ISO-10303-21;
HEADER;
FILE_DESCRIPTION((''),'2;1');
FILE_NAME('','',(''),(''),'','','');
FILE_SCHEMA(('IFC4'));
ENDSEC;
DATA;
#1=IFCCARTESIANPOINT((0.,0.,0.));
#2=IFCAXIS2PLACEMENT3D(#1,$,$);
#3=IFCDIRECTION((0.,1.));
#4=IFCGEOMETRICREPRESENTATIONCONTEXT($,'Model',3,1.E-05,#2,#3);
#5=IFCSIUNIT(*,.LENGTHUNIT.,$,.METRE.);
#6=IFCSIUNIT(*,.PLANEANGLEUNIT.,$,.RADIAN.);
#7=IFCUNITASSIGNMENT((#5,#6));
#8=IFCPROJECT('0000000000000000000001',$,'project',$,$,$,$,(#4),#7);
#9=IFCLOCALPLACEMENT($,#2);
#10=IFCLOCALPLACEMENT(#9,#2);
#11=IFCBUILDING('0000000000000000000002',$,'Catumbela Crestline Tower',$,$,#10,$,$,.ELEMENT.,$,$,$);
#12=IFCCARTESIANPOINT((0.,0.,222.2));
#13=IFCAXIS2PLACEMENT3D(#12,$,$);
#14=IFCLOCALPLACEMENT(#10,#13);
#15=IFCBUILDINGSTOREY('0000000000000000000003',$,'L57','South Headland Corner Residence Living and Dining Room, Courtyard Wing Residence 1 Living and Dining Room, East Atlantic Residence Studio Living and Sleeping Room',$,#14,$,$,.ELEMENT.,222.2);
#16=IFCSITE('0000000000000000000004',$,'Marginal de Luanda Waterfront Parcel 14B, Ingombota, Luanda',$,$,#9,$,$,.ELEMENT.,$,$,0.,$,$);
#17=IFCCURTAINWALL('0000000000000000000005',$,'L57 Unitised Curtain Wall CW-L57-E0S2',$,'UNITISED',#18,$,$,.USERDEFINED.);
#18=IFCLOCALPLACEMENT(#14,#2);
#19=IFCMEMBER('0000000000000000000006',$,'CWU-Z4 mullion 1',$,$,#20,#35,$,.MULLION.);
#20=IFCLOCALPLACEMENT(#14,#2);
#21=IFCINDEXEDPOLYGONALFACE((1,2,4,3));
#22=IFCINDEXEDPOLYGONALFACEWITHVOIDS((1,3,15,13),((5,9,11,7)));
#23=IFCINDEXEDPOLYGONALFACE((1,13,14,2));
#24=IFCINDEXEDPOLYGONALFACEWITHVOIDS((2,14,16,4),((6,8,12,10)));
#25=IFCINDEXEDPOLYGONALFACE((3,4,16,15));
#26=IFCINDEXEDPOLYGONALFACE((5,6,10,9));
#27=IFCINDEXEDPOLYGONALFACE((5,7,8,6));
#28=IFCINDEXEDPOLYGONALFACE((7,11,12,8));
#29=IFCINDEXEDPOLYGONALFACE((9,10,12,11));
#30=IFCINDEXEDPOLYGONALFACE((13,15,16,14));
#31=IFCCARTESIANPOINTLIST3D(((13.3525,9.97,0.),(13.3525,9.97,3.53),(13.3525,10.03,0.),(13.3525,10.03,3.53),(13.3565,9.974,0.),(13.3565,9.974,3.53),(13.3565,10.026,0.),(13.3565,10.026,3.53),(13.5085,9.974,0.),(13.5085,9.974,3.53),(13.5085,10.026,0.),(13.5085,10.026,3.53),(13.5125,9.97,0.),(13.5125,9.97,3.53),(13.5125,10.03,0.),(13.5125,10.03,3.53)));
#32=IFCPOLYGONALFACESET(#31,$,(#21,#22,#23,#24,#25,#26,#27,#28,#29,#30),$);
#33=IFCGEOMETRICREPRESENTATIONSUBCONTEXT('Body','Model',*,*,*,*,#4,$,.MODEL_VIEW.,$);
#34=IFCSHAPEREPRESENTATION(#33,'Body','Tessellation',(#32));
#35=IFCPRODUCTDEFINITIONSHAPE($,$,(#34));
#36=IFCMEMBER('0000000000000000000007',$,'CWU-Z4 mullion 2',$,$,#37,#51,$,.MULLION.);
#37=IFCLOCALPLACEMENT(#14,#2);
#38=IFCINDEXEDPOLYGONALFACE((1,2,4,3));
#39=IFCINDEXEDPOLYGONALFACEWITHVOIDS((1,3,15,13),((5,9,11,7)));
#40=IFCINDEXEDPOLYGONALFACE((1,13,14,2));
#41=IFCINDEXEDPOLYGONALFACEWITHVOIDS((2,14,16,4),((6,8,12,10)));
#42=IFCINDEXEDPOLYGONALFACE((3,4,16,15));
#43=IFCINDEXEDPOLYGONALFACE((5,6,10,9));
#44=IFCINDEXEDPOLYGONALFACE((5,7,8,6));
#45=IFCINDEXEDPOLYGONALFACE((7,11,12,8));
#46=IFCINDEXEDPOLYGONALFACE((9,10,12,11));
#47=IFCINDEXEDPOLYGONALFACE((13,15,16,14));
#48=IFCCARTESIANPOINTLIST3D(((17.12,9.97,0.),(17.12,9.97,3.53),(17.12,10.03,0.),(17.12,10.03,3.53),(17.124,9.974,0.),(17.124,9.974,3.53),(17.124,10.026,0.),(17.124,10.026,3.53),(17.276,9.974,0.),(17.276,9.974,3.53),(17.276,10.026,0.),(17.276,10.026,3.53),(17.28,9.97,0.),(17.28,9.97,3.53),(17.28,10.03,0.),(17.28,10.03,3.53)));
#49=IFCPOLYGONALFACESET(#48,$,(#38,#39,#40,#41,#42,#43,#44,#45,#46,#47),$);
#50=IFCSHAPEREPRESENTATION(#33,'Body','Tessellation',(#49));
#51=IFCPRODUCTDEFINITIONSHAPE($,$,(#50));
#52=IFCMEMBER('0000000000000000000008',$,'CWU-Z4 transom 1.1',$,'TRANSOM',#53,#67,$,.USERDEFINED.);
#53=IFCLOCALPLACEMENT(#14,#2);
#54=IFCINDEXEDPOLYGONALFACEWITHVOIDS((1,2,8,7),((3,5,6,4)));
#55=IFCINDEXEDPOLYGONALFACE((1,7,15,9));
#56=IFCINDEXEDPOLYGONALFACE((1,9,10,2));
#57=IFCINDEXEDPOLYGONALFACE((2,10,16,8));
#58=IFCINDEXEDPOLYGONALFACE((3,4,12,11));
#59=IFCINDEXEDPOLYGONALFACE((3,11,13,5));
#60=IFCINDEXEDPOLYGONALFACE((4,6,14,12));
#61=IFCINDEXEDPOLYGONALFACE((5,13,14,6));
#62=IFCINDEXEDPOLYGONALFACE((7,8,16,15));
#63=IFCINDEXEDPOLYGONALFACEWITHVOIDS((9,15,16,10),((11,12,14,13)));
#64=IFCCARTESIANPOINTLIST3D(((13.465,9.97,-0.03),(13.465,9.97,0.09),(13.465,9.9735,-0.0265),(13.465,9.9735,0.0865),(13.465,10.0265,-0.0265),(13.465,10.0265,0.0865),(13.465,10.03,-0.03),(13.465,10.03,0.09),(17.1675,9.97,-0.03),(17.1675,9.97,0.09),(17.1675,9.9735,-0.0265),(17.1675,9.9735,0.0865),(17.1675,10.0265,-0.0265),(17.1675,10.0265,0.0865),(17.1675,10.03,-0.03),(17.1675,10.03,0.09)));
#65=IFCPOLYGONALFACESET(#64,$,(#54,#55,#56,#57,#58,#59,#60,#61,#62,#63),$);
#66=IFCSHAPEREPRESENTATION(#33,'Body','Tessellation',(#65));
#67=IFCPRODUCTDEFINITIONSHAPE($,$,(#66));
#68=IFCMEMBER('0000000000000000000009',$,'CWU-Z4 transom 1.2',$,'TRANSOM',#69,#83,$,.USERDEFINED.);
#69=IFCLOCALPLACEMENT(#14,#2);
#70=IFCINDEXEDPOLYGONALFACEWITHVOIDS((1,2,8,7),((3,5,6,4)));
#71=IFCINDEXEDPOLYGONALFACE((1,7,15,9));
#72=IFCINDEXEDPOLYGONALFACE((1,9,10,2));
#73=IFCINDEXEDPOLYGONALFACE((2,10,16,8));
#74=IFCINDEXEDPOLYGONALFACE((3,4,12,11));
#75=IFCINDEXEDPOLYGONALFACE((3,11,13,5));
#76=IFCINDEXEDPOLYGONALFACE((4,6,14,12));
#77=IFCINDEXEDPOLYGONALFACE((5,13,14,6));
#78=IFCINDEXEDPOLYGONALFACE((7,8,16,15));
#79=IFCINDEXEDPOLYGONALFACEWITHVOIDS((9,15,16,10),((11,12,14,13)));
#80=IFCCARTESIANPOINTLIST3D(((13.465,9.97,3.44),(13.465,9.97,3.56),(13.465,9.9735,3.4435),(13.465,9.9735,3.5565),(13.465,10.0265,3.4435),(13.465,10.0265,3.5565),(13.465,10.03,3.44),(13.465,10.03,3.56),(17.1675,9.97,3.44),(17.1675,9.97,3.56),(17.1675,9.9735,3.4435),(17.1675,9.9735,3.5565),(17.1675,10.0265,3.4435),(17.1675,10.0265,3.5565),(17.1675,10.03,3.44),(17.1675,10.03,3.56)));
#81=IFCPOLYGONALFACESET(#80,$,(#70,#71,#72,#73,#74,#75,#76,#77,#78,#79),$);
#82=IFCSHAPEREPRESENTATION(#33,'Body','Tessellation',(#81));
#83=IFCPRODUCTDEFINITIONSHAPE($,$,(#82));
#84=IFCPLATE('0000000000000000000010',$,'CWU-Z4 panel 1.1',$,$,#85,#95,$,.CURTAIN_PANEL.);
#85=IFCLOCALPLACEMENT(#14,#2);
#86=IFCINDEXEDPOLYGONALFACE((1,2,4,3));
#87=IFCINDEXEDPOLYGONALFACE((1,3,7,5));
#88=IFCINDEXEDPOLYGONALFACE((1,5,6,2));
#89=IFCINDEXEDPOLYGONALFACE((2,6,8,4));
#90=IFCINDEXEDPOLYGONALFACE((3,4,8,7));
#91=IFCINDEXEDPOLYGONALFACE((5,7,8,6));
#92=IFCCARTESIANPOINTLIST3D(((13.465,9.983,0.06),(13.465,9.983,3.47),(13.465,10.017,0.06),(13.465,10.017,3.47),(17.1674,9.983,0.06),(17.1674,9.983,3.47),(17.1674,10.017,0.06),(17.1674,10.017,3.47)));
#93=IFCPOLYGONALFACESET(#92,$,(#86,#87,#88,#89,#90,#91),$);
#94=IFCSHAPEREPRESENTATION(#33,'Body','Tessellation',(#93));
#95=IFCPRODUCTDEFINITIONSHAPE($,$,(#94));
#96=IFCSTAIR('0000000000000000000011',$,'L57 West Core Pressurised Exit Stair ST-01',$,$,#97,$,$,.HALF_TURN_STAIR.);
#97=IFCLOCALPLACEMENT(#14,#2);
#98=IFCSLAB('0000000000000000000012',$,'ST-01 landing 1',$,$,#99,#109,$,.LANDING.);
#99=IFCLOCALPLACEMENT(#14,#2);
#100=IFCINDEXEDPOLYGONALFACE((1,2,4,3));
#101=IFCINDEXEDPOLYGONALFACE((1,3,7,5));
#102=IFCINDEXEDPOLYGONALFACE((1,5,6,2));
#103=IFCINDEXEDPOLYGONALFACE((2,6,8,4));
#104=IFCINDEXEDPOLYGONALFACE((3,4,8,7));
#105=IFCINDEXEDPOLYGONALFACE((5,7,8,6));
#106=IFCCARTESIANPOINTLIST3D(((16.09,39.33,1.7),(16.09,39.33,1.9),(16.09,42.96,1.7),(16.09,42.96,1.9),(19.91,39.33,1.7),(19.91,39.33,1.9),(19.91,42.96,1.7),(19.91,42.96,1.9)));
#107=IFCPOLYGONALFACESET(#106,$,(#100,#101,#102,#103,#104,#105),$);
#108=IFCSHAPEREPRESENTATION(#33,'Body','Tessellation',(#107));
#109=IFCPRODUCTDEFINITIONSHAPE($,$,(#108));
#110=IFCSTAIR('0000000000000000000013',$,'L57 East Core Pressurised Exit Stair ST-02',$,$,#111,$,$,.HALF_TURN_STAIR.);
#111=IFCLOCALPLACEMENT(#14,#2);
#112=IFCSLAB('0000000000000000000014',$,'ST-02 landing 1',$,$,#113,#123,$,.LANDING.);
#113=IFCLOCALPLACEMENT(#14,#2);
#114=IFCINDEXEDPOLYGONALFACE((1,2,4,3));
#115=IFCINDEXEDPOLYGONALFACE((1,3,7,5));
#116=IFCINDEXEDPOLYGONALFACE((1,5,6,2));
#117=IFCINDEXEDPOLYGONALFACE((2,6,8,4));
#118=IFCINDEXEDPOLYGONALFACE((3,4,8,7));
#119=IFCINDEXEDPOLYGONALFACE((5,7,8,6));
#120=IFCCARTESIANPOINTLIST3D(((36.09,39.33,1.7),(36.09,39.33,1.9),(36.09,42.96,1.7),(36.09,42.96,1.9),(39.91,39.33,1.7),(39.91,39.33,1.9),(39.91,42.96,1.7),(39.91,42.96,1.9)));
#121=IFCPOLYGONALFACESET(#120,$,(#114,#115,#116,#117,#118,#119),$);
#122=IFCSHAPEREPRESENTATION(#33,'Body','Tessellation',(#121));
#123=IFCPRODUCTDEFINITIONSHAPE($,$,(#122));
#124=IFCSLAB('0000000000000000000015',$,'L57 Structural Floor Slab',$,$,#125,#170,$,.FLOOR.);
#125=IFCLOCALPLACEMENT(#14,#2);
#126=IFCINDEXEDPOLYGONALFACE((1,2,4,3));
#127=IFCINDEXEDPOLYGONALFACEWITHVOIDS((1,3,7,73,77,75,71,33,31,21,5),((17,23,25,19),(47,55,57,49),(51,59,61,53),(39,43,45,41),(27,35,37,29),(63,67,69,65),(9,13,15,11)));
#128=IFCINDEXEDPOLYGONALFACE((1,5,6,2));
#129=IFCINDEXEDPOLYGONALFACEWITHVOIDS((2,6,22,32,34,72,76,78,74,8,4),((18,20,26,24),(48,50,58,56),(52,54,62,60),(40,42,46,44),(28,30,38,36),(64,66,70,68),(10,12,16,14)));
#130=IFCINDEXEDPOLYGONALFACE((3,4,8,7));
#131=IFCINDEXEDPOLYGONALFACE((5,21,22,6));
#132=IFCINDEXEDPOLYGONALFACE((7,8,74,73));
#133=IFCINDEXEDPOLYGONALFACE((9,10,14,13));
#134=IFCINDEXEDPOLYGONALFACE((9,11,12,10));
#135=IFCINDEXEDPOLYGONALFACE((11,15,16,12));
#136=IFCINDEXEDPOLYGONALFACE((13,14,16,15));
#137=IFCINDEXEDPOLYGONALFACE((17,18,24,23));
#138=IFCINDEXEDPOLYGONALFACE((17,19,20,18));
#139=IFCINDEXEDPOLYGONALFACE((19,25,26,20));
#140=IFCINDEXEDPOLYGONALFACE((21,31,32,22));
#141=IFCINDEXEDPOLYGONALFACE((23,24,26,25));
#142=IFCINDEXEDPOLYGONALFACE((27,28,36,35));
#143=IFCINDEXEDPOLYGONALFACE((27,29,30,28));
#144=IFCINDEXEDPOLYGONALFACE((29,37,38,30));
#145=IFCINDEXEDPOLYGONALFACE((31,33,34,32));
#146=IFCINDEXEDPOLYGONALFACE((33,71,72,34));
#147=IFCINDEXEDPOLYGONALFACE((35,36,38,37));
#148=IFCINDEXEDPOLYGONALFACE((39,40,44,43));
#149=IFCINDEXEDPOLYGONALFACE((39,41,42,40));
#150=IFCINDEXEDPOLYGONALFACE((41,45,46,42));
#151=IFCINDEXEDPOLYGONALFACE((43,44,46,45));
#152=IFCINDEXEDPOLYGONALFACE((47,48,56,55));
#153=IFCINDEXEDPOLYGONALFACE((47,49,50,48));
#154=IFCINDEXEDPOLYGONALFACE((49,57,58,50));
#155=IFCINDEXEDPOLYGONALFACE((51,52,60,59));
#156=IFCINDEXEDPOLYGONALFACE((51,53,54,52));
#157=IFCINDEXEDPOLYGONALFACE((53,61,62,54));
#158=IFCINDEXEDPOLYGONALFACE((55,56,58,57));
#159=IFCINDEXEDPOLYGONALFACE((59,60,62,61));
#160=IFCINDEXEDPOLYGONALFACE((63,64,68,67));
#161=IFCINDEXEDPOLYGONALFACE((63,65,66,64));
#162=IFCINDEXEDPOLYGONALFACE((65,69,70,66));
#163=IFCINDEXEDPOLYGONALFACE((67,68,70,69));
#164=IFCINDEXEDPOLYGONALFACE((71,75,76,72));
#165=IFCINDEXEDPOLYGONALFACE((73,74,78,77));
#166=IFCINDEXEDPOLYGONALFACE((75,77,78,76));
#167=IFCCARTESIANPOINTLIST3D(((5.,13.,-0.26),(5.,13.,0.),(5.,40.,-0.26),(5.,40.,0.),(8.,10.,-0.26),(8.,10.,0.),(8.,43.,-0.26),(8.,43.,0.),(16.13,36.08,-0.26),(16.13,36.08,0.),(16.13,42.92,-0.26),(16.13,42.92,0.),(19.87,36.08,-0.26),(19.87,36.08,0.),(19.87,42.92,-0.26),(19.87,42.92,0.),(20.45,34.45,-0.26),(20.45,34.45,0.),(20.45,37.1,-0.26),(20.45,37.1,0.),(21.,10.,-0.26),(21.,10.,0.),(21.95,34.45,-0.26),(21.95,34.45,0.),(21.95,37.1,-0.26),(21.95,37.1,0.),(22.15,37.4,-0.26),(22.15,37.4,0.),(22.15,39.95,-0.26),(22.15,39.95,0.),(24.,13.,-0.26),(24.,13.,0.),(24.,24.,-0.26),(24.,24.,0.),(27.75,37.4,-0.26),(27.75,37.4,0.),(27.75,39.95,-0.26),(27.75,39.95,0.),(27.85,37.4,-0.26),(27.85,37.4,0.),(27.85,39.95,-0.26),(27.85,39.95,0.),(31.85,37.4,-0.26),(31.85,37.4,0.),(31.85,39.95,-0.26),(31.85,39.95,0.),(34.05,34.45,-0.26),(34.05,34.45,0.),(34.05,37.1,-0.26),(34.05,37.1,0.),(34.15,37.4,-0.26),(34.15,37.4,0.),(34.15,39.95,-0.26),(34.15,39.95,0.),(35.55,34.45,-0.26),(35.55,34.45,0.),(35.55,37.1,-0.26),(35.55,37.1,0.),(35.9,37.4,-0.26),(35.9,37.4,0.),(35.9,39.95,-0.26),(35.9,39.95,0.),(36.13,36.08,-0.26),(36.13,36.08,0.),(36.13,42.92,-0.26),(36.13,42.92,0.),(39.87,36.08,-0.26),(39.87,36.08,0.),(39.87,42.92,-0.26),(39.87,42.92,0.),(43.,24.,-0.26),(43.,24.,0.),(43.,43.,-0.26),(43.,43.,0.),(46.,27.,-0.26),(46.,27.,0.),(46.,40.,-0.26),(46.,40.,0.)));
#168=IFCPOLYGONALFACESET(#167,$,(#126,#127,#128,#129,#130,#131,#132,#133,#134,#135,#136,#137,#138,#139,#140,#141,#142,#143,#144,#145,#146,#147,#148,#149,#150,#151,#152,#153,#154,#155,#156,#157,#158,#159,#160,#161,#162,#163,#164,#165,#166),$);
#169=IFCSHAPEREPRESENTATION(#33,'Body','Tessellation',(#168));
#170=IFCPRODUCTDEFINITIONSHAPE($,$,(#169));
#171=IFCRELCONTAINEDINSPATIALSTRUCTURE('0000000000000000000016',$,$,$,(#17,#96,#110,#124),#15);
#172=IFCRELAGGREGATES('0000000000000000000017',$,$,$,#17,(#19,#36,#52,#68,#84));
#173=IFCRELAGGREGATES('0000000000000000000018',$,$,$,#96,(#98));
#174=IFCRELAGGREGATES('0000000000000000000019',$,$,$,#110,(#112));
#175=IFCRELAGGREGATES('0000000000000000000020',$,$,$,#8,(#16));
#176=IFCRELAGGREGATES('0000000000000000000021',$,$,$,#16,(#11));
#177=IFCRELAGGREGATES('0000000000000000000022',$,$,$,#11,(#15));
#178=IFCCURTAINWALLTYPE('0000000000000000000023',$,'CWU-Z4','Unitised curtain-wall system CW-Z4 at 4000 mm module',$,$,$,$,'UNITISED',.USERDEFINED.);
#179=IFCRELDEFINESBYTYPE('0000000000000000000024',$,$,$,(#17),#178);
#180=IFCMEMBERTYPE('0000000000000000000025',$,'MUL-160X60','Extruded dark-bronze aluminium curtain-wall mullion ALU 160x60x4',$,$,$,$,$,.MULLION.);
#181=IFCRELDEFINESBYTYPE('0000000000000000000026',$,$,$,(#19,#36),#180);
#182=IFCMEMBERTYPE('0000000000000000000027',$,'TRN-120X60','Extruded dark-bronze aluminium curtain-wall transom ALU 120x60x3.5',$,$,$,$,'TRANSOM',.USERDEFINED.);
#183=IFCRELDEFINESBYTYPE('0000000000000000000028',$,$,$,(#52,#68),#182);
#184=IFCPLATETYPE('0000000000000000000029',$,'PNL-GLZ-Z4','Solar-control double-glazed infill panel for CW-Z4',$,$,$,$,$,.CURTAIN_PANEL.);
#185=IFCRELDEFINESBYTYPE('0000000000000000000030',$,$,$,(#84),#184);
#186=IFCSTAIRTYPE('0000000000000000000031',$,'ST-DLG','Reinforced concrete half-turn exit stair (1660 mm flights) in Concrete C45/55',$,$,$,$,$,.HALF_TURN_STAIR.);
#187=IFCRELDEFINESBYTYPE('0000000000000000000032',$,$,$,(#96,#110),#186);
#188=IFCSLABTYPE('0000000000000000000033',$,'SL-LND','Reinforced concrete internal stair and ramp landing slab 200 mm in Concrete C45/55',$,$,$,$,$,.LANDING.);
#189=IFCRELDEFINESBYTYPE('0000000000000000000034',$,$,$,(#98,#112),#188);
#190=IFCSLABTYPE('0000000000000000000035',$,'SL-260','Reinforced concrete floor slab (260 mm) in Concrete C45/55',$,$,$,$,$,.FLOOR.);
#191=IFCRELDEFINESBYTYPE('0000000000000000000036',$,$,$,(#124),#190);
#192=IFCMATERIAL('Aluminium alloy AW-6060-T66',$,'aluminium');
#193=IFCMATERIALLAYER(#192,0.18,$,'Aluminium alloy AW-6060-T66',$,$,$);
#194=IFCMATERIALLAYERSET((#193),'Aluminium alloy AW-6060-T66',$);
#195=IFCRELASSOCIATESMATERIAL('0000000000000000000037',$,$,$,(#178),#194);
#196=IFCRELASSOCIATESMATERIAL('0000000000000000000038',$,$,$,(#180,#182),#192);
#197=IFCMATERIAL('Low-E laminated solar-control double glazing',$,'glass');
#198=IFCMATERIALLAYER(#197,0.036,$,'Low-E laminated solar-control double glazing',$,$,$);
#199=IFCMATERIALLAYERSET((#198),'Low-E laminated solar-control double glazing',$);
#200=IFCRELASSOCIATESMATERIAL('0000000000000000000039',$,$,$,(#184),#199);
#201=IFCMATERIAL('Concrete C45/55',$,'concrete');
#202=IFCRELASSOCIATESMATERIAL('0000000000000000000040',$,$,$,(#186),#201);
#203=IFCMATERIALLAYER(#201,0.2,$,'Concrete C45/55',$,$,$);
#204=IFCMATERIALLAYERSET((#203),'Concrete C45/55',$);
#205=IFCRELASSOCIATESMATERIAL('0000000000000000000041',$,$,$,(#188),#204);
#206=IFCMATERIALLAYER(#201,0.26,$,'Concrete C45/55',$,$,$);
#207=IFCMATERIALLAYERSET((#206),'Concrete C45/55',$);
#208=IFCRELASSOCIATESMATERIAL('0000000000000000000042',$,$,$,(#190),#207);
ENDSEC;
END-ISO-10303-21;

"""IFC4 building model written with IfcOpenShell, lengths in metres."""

from ifc_helpers import new_model, si_unit, direction, frame, origin, origin_2d, place, context, subcontext, project, spatial, polyline, rectangle, hollow_rectangle, outline, extrude, material, layer, layer_set, material_profile, profile_set, type_object, element, aggregate, save


model = new_model("IFC4")

# Units and contexts
model_context = context("Model", 3, precision=1e-05, world=origin(), true_north=direction((0.0, 1.0)))
body_context = subcontext(model_context, "Body", "Model", "MODEL_VIEW")
ifc_project = project(units=[si_unit("LENGTHUNIT", "METRE"), si_unit("PLANEANGLEUNIT", "RADIAN")], contexts=[model_context])

# Site, building, storey
site_placement = place(None, origin())
site = spatial("IfcSite", under=ifc_project, at=site_placement, Name="Marginal de Luanda Waterfront Parcel 14B, Ingombota, Luanda", CompositionType="ELEMENT", RefElevation=0.0)
building_placement = place(site_placement, origin())
building = spatial("IfcBuilding", under=site, at=building_placement, Name="Catumbela Crestline Tower", CompositionType="ELEMENT")
storey_placement = place(building_placement, frame((0.0, 0.0, 222.2)))
storey = spatial("IfcBuildingStorey", under=building, at=storey_placement, Name="L57", Description="South Headland Corner Residence Living and Dining Room, Courtyard Wing Residence 1 Living and Dining Room, East Atlantic Residence Studio Living and Sleeping Room", CompositionType="ELEMENT", Elevation=222.2)

# Curtain wall, members, plate
ifc_material_1 = material(Name="Aluminium alloy AW-6060-T66", Category="aluminium")
ifc_layer_1 = layer(ifc_material_1, 0.18, Name="Aluminium alloy AW-6060-T66")
ifc_layer_set_1 = layer_set([ifc_layer_1], Name="Aluminium alloy AW-6060-T66")
curtain_wall_type = type_object("IfcCurtainWallType", Name="CWU-Z4", Description="Unitised curtain-wall system CW-Z4 at 4000 mm module", ElementType="UNITISED", PredefinedType="USERDEFINED", material=ifc_layer_set_1)
curtain_wall_placement = place(storey_placement, origin())
curtain_wall = element("IfcCurtainWall", 1, at=curtain_wall_placement, inside=storey, type_object=curtain_wall_type, Name="L57 Unitised Curtain Wall CW-L57-E0S2", ObjectType="UNITISED", PredefinedType="USERDEFINED")
ifc_material_profile_1 = material_profile(ifc_material_1, hollow_rectangle(XDim=0.06, YDim=0.16, WallThickness=0.004, at=origin_2d()), Name="ALU 160x60x4")
ifc_profile_set_1 = profile_set([ifc_material_profile_1], Name="Aluminium alloy AW-6060-T66")
member_type_1 = type_object("IfcMemberType", Name="MUL-160X60", Description="Extruded dark-bronze aluminium curtain-wall mullion ALU 160x60x4", PredefinedType="MULLION", material=ifc_profile_set_1)
member_1_placement = place(storey_placement, frame((13.4325, 10.0, 0.0), z_axis=(0.0, 0.0, 1.0), x_axis=(0.0, 1.0, 0.0)))
member_1 = element("IfcMember", 2, at=member_1_placement, type_object=member_type_1, Name="CWU-Z4 mullion 1", PredefinedType="MULLION", context=body_context, shape_type="SweptSolid", body=[
    extrude(hollow_rectangle(XDim=0.06, YDim=0.16, WallThickness=0.004, at=origin_2d()), origin(), (0.0, 0.0, 1.0), 3.53),
])
member_2_placement = place(storey_placement, frame((17.2, 10.0, 0.0), z_axis=(0.0, 0.0, 1.0), x_axis=(0.0, 1.0, 0.0)))
member_2 = element("IfcMember", 3, at=member_2_placement, type_object=member_type_1, Name="CWU-Z4 mullion 2", PredefinedType="MULLION", context=body_context, shape_type="SweptSolid", body=[
    extrude(hollow_rectangle(XDim=0.06, YDim=0.16, WallThickness=0.004, at=origin_2d()), origin(), (0.0, 0.0, 1.0), 3.53),
])
ifc_material_profile_2 = material_profile(ifc_material_1, hollow_rectangle(XDim=0.06, YDim=0.12, WallThickness=0.0035, at=origin_2d()), Name="ALU 120x60x3.5")
ifc_profile_set_2 = profile_set([ifc_material_profile_2], Name="Aluminium alloy AW-6060-T66")
member_type_2 = type_object("IfcMemberType", Name="TRN-120X60", Description="Extruded dark-bronze aluminium curtain-wall transom ALU 120x60x3.5", ElementType="TRANSOM", PredefinedType="USERDEFINED", material=ifc_profile_set_2)
member_3_placement = place(storey_placement, frame((13.465, 10.0, 0.03), z_axis=(1.0, 0.0, 0.0), x_axis=(0.0, 1.0, 0.0)))
member_3 = element("IfcMember", 4, at=member_3_placement, type_object=member_type_2, Name="CWU-Z4 transom 1.1", ObjectType="TRANSOM", PredefinedType="USERDEFINED", context=body_context, shape_type="SweptSolid", body=[
    extrude(hollow_rectangle(XDim=0.06, YDim=0.12, WallThickness=0.0035, at=origin_2d()), origin(), (0.0, 0.0, 1.0), 3.7025),
])
member_4_placement = place(storey_placement, frame((13.465, 10.0, 3.5), z_axis=(1.0, 0.0, 0.0), x_axis=(0.0, 1.0, 0.0)))
member_4 = element("IfcMember", 5, at=member_4_placement, type_object=member_type_2, Name="CWU-Z4 transom 1.2", ObjectType="TRANSOM", PredefinedType="USERDEFINED", context=body_context, shape_type="SweptSolid", body=[
    extrude(hollow_rectangle(XDim=0.06, YDim=0.12, WallThickness=0.0035, at=origin_2d()), origin(), (0.0, 0.0, 1.0), 3.7025),
])
ifc_material_2 = material(Name="Low-E laminated solar-control double glazing", Category="glass")
ifc_layer_2 = layer(ifc_material_2, 0.036, Name="Low-E laminated solar-control double glazing")
ifc_layer_set_2 = layer_set([ifc_layer_2], Name="Low-E laminated solar-control double glazing")
plate_type = type_object("IfcPlateType", Name="PNL-GLZ-Z4", Description="Solar-control double-glazed infill panel for CW-Z4", PredefinedType="CURTAIN_PANEL", material=ifc_layer_set_2)
plate_placement = place(storey_placement, frame((15.3162, 10.0, 0.06), z_axis=(0.0, 0.0, 1.0), x_axis=(1.0, 0.0, 0.0)))
plate = element("IfcPlate", 6, at=plate_placement, type_object=plate_type, Name="CWU-Z4 panel 1.1", PredefinedType="CURTAIN_PANEL", context=body_context, shape_type="SweptSolid", body=[
    extrude(rectangle(XDim=3.7025, YDim=0.034, at=origin_2d()), origin(), (0.0, 0.0, 1.0), 3.41),
])
aggregate(curtain_wall, [member_1, member_2, member_3, member_4, plate])

# Stairs, slabs
ifc_material_3 = material(Name="Concrete C45/55", Category="concrete")
stair_type = type_object("IfcStairType", Name="ST-DLG", Description="Reinforced concrete half-turn exit stair (1660 mm flights) in Concrete C45/55", PredefinedType="HALF_TURN_STAIR", material=ifc_material_3)
stair_1_placement = place(storey_placement, origin())
stair_1 = element("IfcStair", 7, at=stair_1_placement, inside=storey, type_object=stair_type, Name="L57 West Core Pressurised Exit Stair ST-01", PredefinedType="HALF_TURN_STAIR")
ifc_layer_3 = layer(ifc_material_3, 0.2, Name="Concrete C45/55")
ifc_layer_set_3 = layer_set([ifc_layer_3], Name="Concrete C45/55")
slab_type_1 = type_object("IfcSlabType", Name="SL-LND", Description="Reinforced concrete internal stair and ramp landing slab 200 mm in Concrete C45/55", PredefinedType="LANDING", material=ifc_layer_set_3)
slab_1_placement = place(storey_placement, frame((0.0, 0.0, 1.7)))
slab_1 = element("IfcSlab", 8, at=slab_1_placement, type_object=slab_type_1, Name="ST-01 landing 1", PredefinedType="LANDING", context=body_context, shape_type="SweptSolid", body=[
    extrude(outline(polyline([(19.91, 39.33), (19.91, 42.96), (16.09, 42.96), (16.09, 39.33), (19.91, 39.33)])), origin(), (0.0, 0.0, 1.0), 0.2),
])
aggregate(stair_1, [slab_1])
stair_2_placement = place(storey_placement, origin())
stair_2 = element("IfcStair", 9, at=stair_2_placement, inside=storey, type_object=stair_type, Name="L57 East Core Pressurised Exit Stair ST-02", PredefinedType="HALF_TURN_STAIR")
slab_2_placement = place(storey_placement, frame((0.0, 0.0, 1.7)))
slab_2 = element("IfcSlab", 10, at=slab_2_placement, type_object=slab_type_1, Name="ST-02 landing 1", PredefinedType="LANDING", context=body_context, shape_type="SweptSolid", body=[
    extrude(outline(polyline([(39.91, 39.33), (39.91, 42.96), (36.09, 42.96), (36.09, 39.33), (39.91, 39.33)])), origin(), (0.0, 0.0, 1.0), 0.2),
])
aggregate(stair_2, [slab_2])

# Slab
ifc_layer_4 = layer(ifc_material_3, 0.26, Name="Concrete C45/55")
ifc_layer_set_4 = layer_set([ifc_layer_4], Name="Concrete C45/55")
slab_type_2 = type_object("IfcSlabType", Name="SL-260", Description="Reinforced concrete floor slab (260 mm) in Concrete C45/55", PredefinedType="FLOOR", material=ifc_layer_set_4)
slab_3_placement = place(storey_placement, frame((0.0, 0.0, -0.26)))
element("IfcSlab", 11, at=slab_3_placement, inside=storey, type_object=slab_type_2, Name="L57 Structural Floor Slab", PredefinedType="FLOOR", context=body_context, shape_type="SweptSolid", body=[
    extrude(outline(polyline([(8.0, 10.0), (21.0, 10.0), (24.0, 13.0), (24.0, 24.0), (43.0, 24.0), (46.0, 27.0), (46.0, 40.0), (43.0, 43.0), (8.0, 43.0), (5.0, 40.0), (5.0, 13.0), (8.0, 10.0)]), holes=[polyline([(16.13, 36.08), (19.87, 36.08), (19.87, 42.92), (16.13, 42.92), (16.13, 36.08)]), polyline([(36.13, 36.08), (39.87, 36.08), (39.87, 42.92), (36.13, 42.92), (36.13, 36.08)]), polyline([(22.15, 37.4), (27.75, 37.4), (27.75, 39.95), (22.15, 39.95), (22.15, 37.4)]), polyline([(27.85, 37.4), (31.85, 37.4), (31.85, 39.95), (27.85, 39.95), (27.85, 37.4)]), polyline([(20.45, 34.45), (21.95, 34.45), (21.95, 37.1), (20.45, 37.1), (20.45, 34.45)]), polyline([(34.05, 34.45), (35.55, 34.45), (35.55, 37.1), (34.05, 37.1), (34.05, 34.45)]), polyline([(34.15, 37.4), (35.9, 37.4), (35.9, 39.95), (34.15, 39.95), (34.15, 37.4)])]), origin(), (0.0, 0.0, 1.0), 0.26),
])

save(model, "model.ifc")
